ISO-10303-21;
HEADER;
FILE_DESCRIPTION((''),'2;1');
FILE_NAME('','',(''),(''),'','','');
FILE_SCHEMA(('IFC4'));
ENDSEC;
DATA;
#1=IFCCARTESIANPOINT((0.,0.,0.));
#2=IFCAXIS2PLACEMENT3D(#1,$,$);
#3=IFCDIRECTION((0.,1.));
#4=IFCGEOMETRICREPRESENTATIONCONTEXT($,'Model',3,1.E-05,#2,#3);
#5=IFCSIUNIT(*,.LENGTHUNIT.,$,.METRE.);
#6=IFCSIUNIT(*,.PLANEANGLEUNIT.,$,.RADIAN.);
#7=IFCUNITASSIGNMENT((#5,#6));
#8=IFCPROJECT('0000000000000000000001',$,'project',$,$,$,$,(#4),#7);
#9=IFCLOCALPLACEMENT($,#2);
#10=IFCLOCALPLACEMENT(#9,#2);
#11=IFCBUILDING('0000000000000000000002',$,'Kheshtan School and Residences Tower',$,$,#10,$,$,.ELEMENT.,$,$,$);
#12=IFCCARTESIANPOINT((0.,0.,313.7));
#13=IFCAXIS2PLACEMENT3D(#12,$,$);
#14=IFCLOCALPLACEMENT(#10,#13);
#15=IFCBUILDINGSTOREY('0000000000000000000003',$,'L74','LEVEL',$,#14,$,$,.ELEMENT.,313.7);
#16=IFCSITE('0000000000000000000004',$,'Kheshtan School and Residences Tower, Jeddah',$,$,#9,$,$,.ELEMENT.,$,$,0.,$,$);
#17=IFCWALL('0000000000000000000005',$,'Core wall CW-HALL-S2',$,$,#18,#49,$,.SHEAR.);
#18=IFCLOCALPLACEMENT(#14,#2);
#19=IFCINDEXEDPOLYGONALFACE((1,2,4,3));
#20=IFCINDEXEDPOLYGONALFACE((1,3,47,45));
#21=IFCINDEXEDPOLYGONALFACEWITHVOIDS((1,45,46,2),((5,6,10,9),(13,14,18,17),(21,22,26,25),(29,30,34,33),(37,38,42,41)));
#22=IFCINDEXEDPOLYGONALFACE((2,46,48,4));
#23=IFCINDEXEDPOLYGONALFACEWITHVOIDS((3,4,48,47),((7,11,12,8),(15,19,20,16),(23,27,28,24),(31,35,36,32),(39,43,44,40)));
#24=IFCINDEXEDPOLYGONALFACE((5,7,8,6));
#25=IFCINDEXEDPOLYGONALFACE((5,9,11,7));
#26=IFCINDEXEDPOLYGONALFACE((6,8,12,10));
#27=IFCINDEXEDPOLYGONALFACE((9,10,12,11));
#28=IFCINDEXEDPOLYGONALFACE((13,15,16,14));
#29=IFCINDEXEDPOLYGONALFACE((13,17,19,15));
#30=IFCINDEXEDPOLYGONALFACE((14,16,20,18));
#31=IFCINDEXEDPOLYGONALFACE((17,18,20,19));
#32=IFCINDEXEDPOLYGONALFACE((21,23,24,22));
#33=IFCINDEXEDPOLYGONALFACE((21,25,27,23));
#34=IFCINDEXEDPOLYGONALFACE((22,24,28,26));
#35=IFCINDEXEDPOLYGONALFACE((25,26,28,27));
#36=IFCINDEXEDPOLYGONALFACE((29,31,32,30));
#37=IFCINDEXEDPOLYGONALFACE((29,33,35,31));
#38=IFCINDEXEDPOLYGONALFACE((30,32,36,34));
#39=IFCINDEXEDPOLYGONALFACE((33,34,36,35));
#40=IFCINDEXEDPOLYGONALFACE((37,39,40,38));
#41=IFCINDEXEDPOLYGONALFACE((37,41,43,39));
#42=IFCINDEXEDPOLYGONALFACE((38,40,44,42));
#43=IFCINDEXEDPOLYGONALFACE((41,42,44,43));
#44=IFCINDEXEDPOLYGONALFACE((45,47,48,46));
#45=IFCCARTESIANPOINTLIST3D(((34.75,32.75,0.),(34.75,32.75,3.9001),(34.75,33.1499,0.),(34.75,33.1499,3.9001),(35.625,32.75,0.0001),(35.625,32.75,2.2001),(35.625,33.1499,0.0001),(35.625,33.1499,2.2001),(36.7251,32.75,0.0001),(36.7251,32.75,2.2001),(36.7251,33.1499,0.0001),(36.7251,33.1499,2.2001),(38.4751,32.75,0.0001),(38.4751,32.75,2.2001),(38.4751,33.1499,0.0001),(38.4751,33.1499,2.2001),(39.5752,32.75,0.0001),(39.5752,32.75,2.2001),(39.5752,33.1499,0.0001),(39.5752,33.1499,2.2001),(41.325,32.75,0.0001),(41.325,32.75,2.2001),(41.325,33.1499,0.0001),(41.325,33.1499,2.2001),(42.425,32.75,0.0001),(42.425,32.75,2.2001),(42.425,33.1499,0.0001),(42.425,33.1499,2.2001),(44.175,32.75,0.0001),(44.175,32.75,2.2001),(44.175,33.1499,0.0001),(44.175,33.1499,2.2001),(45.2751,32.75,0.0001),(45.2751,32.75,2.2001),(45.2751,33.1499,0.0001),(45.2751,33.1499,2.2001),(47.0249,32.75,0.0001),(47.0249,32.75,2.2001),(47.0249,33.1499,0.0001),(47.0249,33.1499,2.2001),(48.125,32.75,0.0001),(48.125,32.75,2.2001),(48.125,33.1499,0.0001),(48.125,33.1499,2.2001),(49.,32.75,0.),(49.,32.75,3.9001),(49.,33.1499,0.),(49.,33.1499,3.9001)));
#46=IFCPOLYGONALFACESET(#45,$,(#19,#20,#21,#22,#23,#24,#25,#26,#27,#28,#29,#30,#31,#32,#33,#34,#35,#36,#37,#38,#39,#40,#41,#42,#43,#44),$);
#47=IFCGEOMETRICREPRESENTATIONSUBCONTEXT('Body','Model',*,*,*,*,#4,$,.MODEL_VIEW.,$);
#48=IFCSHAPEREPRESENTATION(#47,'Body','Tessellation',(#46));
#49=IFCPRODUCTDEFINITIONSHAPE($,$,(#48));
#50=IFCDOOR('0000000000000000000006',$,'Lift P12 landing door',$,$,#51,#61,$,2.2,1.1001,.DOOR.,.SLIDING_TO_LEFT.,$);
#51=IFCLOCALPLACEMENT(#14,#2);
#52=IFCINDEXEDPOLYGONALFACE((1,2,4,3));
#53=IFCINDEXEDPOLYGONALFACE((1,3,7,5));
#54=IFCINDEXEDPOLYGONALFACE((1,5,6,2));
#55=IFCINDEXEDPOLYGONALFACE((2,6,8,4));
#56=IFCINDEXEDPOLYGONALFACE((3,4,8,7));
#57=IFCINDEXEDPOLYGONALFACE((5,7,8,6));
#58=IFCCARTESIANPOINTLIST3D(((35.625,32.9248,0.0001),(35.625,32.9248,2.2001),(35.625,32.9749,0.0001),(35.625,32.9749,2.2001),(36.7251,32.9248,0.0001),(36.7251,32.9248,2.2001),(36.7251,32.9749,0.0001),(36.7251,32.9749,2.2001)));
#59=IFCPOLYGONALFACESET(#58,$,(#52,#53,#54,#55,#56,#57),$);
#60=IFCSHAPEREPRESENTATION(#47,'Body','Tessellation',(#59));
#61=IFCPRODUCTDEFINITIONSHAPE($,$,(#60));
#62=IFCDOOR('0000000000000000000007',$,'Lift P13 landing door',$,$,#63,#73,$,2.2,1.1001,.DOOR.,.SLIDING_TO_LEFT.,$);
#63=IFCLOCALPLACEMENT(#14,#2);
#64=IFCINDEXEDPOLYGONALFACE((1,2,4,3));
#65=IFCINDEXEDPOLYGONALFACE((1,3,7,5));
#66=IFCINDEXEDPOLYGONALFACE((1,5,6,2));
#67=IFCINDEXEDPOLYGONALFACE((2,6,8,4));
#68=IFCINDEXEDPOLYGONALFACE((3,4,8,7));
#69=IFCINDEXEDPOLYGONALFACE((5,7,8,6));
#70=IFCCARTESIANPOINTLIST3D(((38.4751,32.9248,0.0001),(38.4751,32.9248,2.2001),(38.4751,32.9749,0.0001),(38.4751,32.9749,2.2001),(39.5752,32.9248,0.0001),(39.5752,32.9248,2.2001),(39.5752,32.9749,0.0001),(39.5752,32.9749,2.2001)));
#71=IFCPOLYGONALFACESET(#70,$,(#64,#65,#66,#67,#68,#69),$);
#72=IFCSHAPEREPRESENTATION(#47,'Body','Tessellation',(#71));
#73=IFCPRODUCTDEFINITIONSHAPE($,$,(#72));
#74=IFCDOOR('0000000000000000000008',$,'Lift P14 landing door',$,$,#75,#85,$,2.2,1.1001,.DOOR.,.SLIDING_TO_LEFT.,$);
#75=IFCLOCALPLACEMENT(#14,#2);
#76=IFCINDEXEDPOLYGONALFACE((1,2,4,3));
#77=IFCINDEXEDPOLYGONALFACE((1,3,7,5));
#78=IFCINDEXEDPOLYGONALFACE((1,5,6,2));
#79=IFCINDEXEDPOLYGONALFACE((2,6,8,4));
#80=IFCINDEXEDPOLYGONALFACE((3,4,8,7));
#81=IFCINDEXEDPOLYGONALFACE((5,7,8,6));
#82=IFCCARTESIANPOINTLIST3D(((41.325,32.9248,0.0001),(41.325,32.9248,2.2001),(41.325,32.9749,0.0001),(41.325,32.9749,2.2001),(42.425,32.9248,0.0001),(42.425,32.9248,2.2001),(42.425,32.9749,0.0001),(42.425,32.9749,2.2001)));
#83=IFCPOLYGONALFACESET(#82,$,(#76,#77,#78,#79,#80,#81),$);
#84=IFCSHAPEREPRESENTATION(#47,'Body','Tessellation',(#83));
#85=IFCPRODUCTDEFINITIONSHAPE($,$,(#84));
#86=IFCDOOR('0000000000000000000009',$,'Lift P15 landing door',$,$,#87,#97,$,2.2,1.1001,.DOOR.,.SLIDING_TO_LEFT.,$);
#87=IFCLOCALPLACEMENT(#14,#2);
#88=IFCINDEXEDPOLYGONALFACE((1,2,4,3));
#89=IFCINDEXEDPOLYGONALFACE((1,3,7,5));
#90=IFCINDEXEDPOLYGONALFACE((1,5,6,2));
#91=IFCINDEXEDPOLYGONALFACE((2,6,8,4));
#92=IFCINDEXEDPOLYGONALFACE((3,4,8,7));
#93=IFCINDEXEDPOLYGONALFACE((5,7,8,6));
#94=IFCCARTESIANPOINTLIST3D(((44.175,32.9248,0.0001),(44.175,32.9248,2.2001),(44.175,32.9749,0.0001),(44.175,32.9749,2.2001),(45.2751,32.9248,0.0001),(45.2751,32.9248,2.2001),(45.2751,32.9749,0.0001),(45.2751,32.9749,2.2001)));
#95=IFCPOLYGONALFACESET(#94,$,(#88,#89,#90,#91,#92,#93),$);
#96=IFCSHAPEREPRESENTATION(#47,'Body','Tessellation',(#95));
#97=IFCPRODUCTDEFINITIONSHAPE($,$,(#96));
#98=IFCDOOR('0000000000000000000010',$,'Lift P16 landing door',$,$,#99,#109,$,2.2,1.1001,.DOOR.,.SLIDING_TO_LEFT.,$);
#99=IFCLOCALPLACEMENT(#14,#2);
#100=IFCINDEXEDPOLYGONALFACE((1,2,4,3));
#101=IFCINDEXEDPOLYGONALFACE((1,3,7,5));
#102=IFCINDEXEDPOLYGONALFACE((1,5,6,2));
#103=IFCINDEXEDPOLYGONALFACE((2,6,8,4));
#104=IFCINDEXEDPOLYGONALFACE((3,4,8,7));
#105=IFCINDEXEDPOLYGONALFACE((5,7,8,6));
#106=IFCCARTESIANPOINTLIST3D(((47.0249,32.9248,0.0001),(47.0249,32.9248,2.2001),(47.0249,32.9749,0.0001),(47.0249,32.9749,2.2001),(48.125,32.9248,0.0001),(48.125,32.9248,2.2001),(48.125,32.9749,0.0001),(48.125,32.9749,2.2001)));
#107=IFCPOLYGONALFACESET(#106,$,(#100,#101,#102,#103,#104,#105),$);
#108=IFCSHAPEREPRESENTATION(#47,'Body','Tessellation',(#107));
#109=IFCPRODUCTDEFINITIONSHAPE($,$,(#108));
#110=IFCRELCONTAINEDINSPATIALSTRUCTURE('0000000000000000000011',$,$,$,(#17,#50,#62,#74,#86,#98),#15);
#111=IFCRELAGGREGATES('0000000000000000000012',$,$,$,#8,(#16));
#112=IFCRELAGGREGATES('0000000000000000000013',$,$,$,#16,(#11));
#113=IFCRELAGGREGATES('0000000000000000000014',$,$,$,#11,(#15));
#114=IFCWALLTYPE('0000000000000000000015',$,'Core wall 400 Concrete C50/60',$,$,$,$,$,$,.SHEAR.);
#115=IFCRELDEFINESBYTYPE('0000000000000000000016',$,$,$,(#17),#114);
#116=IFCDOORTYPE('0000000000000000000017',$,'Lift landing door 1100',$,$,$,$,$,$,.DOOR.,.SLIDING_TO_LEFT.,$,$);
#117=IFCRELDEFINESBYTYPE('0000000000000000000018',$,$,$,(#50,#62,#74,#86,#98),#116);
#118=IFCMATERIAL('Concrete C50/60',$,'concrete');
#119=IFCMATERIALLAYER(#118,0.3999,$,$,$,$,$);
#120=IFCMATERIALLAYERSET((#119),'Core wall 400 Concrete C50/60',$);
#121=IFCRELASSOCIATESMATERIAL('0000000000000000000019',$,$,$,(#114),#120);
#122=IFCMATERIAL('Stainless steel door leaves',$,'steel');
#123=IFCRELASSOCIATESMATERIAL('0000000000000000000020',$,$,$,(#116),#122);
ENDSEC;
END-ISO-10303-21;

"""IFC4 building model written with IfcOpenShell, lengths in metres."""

from ifc_helpers import new_model, si_unit, direction, frame, frame_2d, origin, place, context, subcontext, project, spatial, rectangle, extrude, source, transform, mapped, material, layer, layer_set, type_object, element, fill, save


model = new_model("IFC4")

# Units and contexts
model_context = context("Model", 3, precision=1e-05, world=origin(), true_north=direction((0.0, 1.0)))
body_context = subcontext(model_context, "Body", "Model", "MODEL_VIEW")
ifc_project = project(units=[si_unit("LENGTHUNIT", "METRE"), si_unit("PLANEANGLEUNIT", "RADIAN")], contexts=[model_context])

# Site, building, storey
site_placement = place(None, origin())
site = spatial("IfcSite", under=ifc_project, at=site_placement, Name="Kheshtan School and Residences Tower, Jeddah", CompositionType="ELEMENT", RefElevation=0.0)
building_placement = place(site_placement, origin())
building = spatial("IfcBuilding", under=site, at=building_placement, Name="Kheshtan School and Residences Tower", CompositionType="ELEMENT")
storey_placement = place(building_placement, frame((0.0, 0.0, 313.7)))
storey = spatial("IfcBuildingStorey", under=building, at=storey_placement, Name="L74", Description="LEVEL", CompositionType="ELEMENT", Elevation=313.7)

# Wall, openings, doors
ifc_material_1 = material(Name="Concrete C50/60", Category="concrete")
ifc_layer_1 = layer(ifc_material_1, 0.3999)
ifc_layer_set_1 = layer_set([ifc_layer_1], Name="Core wall 400 Concrete C50/60")
wall_type_1 = type_object("IfcWallType", Name="Core wall 400 Concrete C50/60", PredefinedType="SHEAR", material=ifc_layer_set_1)
ifc_material_2 = material(Name="Stainless steel door leaves", Category="steel")
door_type_1 = type_object("IfcDoorType", Name="Lift landing door 1100", OperationType="SLIDING_TO_LEFT", PredefinedType="DOOR", material=ifc_material_2)
shared_shape_1 = source(origin(), body_context, "Body", "SweptSolid", [
    extrude(rectangle(XDim=1.1001, YDim=2.2, at=frame_2d((0.55, 1.1001))), frame((0.0, 0.0249, 0.0), z_axis=(0.0, -1.0, 0.0), x_axis=(1.0, 0.0, 0.0)), (0.0, 0.0, 1.0), 0.05),
])
wall_1_placement = place(storey_placement, frame((34.75, 32.95, 0.0), z_axis=(0.0, 0.0, 1.0), x_axis=(1.0, 0.0, 0.0)))
wall_1 = element("IfcWall", 1, at=wall_1_placement, inside=storey, type_object=wall_type_1, Name="Core wall CW-HALL-S2", PredefinedType="SHEAR", context=body_context, shape_type="SweptSolid", body=[
    extrude(rectangle(XDim=14.25, YDim=0.3999, at=frame_2d((7.125, 0.0))), origin(), (0.0, 0.0, 1.0), 3.9001),
])
opening_1_placement = place(wall_1_placement, frame((0.875, 0.0, 0.0)))
opening_1 = element("IfcOpeningElement", 2, at=opening_1_placement, cuts=wall_1, PredefinedType="OPENING", context=body_context, shape_type="SweptSolid", body=[
    extrude(rectangle(XDim=1.1001, YDim=2.2, at=frame_2d((0.55, 1.1001))), frame((0.0, 0.21, 0.0), z_axis=(0.0, -1.0, 0.0), x_axis=(1.0, 0.0, 0.0)), (0.0, 0.0, 1.0), 0.4199),
])
opening_2_placement = place(wall_1_placement, frame((3.7251, 0.0, 0.0)))
opening_2 = element("IfcOpeningElement", 3, at=opening_2_placement, cuts=wall_1, PredefinedType="OPENING", context=body_context, shape_type="SweptSolid", body=[
    extrude(rectangle(XDim=1.1001, YDim=2.2, at=frame_2d((0.55, 1.1001))), frame((0.0, 0.21, 0.0), z_axis=(0.0, -1.0, 0.0), x_axis=(1.0, 0.0, 0.0)), (0.0, 0.0, 1.0), 0.4199),
])
opening_3_placement = place(wall_1_placement, frame((6.575, 0.0, 0.0)))
opening_3 = element("IfcOpeningElement", 4, at=opening_3_placement, cuts=wall_1, PredefinedType="OPENING", context=body_context, shape_type="SweptSolid", body=[
    extrude(rectangle(XDim=1.1001, YDim=2.2, at=frame_2d((0.55, 1.1001))), frame((0.0, 0.21, 0.0), z_axis=(0.0, -1.0, 0.0), x_axis=(1.0, 0.0, 0.0)), (0.0, 0.0, 1.0), 0.4199),
])
opening_4_placement = place(wall_1_placement, frame((9.425, 0.0, 0.0)))
opening_4 = element("IfcOpeningElement", 5, at=opening_4_placement, cuts=wall_1, PredefinedType="OPENING", context=body_context, shape_type="SweptSolid", body=[
    extrude(rectangle(XDim=1.1001, YDim=2.2, at=frame_2d((0.55, 1.1001))), frame((0.0, 0.21, 0.0), z_axis=(0.0, -1.0, 0.0), x_axis=(1.0, 0.0, 0.0)), (0.0, 0.0, 1.0), 0.4199),
])
opening_5_placement = place(wall_1_placement, frame((12.2749, 0.0, 0.0)))
opening_5 = element("IfcOpeningElement", 6, at=opening_5_placement, cuts=wall_1, PredefinedType="OPENING", context=body_context, shape_type="SweptSolid", body=[
    extrude(rectangle(XDim=1.1001, YDim=2.2, at=frame_2d((0.55, 1.1001))), frame((0.0, 0.21, 0.0), z_axis=(0.0, -1.0, 0.0), x_axis=(1.0, 0.0, 0.0)), (0.0, 0.0, 1.0), 0.4199),
])
door_1_placement = place(opening_1_placement, origin())
door_1 = element("IfcDoor", 7, at=door_1_placement, inside=storey, type_object=door_type_1, Name="Lift P12 landing door", OperationType="SLIDING_TO_LEFT", OverallHeight=2.2, OverallWidth=1.1001, PredefinedType="DOOR", context=body_context, shape_type="MappedRepresentation", body=[
    mapped(shared_shape_1, transform((0.0, 0.0, 0.0), x_axis=(1.0, 0.0, 0.0), y_axis=(0.0, 1.0, 0.0), z_axis=(0.0, 0.0, 1.0), scale=1.0)),
])
fill(opening_1, door_1)
door_2_placement = place(opening_2_placement, origin())
door_2 = element("IfcDoor", 8, at=door_2_placement, inside=storey, type_object=door_type_1, Name="Lift P13 landing door", OperationType="SLIDING_TO_LEFT", OverallHeight=2.2, OverallWidth=1.1001, PredefinedType="DOOR", context=body_context, shape_type="MappedRepresentation", body=[
    mapped(shared_shape_1, transform((0.0, 0.0, 0.0), x_axis=(1.0, 0.0, 0.0), y_axis=(0.0, 1.0, 0.0), z_axis=(0.0, 0.0, 1.0), scale=1.0)),
])
fill(opening_2, door_2)
door_3_placement = place(opening_3_placement, origin())
door_3 = element("IfcDoor", 9, at=door_3_placement, inside=storey, type_object=door_type_1, Name="Lift P14 landing door", OperationType="SLIDING_TO_LEFT", OverallHeight=2.2, OverallWidth=1.1001, PredefinedType="DOOR", context=body_context, shape_type="MappedRepresentation", body=[
    mapped(shared_shape_1, transform((0.0, 0.0, 0.0), x_axis=(1.0, 0.0, 0.0), y_axis=(0.0, 1.0, 0.0), z_axis=(0.0, 0.0, 1.0), scale=1.0)),
])
fill(opening_3, door_3)
door_4_placement = place(opening_4_placement, origin())
door_4 = element("IfcDoor", 10, at=door_4_placement, inside=storey, type_object=door_type_1, Name="Lift P15 landing door", OperationType="SLIDING_TO_LEFT", OverallHeight=2.2, OverallWidth=1.1001, PredefinedType="DOOR", context=body_context, shape_type="MappedRepresentation", body=[
    mapped(shared_shape_1, transform((0.0, 0.0, 0.0), x_axis=(1.0, 0.0, 0.0), y_axis=(0.0, 1.0, 0.0), z_axis=(0.0, 0.0, 1.0), scale=1.0)),
])
fill(opening_4, door_4)
door_5_placement = place(opening_5_placement, origin())
door_5 = element("IfcDoor", 11, at=door_5_placement, inside=storey, type_object=door_type_1, Name="Lift P16 landing door", OperationType="SLIDING_TO_LEFT", OverallHeight=2.2, OverallWidth=1.1001, PredefinedType="DOOR", context=body_context, shape_type="MappedRepresentation", body=[
    mapped(shared_shape_1, transform((0.0, 0.0, 0.0), x_axis=(1.0, 0.0, 0.0), y_axis=(0.0, 1.0, 0.0), z_axis=(0.0, 0.0, 1.0), scale=1.0)),
])
fill(opening_5, door_5)

save(model, "model.ifc")
